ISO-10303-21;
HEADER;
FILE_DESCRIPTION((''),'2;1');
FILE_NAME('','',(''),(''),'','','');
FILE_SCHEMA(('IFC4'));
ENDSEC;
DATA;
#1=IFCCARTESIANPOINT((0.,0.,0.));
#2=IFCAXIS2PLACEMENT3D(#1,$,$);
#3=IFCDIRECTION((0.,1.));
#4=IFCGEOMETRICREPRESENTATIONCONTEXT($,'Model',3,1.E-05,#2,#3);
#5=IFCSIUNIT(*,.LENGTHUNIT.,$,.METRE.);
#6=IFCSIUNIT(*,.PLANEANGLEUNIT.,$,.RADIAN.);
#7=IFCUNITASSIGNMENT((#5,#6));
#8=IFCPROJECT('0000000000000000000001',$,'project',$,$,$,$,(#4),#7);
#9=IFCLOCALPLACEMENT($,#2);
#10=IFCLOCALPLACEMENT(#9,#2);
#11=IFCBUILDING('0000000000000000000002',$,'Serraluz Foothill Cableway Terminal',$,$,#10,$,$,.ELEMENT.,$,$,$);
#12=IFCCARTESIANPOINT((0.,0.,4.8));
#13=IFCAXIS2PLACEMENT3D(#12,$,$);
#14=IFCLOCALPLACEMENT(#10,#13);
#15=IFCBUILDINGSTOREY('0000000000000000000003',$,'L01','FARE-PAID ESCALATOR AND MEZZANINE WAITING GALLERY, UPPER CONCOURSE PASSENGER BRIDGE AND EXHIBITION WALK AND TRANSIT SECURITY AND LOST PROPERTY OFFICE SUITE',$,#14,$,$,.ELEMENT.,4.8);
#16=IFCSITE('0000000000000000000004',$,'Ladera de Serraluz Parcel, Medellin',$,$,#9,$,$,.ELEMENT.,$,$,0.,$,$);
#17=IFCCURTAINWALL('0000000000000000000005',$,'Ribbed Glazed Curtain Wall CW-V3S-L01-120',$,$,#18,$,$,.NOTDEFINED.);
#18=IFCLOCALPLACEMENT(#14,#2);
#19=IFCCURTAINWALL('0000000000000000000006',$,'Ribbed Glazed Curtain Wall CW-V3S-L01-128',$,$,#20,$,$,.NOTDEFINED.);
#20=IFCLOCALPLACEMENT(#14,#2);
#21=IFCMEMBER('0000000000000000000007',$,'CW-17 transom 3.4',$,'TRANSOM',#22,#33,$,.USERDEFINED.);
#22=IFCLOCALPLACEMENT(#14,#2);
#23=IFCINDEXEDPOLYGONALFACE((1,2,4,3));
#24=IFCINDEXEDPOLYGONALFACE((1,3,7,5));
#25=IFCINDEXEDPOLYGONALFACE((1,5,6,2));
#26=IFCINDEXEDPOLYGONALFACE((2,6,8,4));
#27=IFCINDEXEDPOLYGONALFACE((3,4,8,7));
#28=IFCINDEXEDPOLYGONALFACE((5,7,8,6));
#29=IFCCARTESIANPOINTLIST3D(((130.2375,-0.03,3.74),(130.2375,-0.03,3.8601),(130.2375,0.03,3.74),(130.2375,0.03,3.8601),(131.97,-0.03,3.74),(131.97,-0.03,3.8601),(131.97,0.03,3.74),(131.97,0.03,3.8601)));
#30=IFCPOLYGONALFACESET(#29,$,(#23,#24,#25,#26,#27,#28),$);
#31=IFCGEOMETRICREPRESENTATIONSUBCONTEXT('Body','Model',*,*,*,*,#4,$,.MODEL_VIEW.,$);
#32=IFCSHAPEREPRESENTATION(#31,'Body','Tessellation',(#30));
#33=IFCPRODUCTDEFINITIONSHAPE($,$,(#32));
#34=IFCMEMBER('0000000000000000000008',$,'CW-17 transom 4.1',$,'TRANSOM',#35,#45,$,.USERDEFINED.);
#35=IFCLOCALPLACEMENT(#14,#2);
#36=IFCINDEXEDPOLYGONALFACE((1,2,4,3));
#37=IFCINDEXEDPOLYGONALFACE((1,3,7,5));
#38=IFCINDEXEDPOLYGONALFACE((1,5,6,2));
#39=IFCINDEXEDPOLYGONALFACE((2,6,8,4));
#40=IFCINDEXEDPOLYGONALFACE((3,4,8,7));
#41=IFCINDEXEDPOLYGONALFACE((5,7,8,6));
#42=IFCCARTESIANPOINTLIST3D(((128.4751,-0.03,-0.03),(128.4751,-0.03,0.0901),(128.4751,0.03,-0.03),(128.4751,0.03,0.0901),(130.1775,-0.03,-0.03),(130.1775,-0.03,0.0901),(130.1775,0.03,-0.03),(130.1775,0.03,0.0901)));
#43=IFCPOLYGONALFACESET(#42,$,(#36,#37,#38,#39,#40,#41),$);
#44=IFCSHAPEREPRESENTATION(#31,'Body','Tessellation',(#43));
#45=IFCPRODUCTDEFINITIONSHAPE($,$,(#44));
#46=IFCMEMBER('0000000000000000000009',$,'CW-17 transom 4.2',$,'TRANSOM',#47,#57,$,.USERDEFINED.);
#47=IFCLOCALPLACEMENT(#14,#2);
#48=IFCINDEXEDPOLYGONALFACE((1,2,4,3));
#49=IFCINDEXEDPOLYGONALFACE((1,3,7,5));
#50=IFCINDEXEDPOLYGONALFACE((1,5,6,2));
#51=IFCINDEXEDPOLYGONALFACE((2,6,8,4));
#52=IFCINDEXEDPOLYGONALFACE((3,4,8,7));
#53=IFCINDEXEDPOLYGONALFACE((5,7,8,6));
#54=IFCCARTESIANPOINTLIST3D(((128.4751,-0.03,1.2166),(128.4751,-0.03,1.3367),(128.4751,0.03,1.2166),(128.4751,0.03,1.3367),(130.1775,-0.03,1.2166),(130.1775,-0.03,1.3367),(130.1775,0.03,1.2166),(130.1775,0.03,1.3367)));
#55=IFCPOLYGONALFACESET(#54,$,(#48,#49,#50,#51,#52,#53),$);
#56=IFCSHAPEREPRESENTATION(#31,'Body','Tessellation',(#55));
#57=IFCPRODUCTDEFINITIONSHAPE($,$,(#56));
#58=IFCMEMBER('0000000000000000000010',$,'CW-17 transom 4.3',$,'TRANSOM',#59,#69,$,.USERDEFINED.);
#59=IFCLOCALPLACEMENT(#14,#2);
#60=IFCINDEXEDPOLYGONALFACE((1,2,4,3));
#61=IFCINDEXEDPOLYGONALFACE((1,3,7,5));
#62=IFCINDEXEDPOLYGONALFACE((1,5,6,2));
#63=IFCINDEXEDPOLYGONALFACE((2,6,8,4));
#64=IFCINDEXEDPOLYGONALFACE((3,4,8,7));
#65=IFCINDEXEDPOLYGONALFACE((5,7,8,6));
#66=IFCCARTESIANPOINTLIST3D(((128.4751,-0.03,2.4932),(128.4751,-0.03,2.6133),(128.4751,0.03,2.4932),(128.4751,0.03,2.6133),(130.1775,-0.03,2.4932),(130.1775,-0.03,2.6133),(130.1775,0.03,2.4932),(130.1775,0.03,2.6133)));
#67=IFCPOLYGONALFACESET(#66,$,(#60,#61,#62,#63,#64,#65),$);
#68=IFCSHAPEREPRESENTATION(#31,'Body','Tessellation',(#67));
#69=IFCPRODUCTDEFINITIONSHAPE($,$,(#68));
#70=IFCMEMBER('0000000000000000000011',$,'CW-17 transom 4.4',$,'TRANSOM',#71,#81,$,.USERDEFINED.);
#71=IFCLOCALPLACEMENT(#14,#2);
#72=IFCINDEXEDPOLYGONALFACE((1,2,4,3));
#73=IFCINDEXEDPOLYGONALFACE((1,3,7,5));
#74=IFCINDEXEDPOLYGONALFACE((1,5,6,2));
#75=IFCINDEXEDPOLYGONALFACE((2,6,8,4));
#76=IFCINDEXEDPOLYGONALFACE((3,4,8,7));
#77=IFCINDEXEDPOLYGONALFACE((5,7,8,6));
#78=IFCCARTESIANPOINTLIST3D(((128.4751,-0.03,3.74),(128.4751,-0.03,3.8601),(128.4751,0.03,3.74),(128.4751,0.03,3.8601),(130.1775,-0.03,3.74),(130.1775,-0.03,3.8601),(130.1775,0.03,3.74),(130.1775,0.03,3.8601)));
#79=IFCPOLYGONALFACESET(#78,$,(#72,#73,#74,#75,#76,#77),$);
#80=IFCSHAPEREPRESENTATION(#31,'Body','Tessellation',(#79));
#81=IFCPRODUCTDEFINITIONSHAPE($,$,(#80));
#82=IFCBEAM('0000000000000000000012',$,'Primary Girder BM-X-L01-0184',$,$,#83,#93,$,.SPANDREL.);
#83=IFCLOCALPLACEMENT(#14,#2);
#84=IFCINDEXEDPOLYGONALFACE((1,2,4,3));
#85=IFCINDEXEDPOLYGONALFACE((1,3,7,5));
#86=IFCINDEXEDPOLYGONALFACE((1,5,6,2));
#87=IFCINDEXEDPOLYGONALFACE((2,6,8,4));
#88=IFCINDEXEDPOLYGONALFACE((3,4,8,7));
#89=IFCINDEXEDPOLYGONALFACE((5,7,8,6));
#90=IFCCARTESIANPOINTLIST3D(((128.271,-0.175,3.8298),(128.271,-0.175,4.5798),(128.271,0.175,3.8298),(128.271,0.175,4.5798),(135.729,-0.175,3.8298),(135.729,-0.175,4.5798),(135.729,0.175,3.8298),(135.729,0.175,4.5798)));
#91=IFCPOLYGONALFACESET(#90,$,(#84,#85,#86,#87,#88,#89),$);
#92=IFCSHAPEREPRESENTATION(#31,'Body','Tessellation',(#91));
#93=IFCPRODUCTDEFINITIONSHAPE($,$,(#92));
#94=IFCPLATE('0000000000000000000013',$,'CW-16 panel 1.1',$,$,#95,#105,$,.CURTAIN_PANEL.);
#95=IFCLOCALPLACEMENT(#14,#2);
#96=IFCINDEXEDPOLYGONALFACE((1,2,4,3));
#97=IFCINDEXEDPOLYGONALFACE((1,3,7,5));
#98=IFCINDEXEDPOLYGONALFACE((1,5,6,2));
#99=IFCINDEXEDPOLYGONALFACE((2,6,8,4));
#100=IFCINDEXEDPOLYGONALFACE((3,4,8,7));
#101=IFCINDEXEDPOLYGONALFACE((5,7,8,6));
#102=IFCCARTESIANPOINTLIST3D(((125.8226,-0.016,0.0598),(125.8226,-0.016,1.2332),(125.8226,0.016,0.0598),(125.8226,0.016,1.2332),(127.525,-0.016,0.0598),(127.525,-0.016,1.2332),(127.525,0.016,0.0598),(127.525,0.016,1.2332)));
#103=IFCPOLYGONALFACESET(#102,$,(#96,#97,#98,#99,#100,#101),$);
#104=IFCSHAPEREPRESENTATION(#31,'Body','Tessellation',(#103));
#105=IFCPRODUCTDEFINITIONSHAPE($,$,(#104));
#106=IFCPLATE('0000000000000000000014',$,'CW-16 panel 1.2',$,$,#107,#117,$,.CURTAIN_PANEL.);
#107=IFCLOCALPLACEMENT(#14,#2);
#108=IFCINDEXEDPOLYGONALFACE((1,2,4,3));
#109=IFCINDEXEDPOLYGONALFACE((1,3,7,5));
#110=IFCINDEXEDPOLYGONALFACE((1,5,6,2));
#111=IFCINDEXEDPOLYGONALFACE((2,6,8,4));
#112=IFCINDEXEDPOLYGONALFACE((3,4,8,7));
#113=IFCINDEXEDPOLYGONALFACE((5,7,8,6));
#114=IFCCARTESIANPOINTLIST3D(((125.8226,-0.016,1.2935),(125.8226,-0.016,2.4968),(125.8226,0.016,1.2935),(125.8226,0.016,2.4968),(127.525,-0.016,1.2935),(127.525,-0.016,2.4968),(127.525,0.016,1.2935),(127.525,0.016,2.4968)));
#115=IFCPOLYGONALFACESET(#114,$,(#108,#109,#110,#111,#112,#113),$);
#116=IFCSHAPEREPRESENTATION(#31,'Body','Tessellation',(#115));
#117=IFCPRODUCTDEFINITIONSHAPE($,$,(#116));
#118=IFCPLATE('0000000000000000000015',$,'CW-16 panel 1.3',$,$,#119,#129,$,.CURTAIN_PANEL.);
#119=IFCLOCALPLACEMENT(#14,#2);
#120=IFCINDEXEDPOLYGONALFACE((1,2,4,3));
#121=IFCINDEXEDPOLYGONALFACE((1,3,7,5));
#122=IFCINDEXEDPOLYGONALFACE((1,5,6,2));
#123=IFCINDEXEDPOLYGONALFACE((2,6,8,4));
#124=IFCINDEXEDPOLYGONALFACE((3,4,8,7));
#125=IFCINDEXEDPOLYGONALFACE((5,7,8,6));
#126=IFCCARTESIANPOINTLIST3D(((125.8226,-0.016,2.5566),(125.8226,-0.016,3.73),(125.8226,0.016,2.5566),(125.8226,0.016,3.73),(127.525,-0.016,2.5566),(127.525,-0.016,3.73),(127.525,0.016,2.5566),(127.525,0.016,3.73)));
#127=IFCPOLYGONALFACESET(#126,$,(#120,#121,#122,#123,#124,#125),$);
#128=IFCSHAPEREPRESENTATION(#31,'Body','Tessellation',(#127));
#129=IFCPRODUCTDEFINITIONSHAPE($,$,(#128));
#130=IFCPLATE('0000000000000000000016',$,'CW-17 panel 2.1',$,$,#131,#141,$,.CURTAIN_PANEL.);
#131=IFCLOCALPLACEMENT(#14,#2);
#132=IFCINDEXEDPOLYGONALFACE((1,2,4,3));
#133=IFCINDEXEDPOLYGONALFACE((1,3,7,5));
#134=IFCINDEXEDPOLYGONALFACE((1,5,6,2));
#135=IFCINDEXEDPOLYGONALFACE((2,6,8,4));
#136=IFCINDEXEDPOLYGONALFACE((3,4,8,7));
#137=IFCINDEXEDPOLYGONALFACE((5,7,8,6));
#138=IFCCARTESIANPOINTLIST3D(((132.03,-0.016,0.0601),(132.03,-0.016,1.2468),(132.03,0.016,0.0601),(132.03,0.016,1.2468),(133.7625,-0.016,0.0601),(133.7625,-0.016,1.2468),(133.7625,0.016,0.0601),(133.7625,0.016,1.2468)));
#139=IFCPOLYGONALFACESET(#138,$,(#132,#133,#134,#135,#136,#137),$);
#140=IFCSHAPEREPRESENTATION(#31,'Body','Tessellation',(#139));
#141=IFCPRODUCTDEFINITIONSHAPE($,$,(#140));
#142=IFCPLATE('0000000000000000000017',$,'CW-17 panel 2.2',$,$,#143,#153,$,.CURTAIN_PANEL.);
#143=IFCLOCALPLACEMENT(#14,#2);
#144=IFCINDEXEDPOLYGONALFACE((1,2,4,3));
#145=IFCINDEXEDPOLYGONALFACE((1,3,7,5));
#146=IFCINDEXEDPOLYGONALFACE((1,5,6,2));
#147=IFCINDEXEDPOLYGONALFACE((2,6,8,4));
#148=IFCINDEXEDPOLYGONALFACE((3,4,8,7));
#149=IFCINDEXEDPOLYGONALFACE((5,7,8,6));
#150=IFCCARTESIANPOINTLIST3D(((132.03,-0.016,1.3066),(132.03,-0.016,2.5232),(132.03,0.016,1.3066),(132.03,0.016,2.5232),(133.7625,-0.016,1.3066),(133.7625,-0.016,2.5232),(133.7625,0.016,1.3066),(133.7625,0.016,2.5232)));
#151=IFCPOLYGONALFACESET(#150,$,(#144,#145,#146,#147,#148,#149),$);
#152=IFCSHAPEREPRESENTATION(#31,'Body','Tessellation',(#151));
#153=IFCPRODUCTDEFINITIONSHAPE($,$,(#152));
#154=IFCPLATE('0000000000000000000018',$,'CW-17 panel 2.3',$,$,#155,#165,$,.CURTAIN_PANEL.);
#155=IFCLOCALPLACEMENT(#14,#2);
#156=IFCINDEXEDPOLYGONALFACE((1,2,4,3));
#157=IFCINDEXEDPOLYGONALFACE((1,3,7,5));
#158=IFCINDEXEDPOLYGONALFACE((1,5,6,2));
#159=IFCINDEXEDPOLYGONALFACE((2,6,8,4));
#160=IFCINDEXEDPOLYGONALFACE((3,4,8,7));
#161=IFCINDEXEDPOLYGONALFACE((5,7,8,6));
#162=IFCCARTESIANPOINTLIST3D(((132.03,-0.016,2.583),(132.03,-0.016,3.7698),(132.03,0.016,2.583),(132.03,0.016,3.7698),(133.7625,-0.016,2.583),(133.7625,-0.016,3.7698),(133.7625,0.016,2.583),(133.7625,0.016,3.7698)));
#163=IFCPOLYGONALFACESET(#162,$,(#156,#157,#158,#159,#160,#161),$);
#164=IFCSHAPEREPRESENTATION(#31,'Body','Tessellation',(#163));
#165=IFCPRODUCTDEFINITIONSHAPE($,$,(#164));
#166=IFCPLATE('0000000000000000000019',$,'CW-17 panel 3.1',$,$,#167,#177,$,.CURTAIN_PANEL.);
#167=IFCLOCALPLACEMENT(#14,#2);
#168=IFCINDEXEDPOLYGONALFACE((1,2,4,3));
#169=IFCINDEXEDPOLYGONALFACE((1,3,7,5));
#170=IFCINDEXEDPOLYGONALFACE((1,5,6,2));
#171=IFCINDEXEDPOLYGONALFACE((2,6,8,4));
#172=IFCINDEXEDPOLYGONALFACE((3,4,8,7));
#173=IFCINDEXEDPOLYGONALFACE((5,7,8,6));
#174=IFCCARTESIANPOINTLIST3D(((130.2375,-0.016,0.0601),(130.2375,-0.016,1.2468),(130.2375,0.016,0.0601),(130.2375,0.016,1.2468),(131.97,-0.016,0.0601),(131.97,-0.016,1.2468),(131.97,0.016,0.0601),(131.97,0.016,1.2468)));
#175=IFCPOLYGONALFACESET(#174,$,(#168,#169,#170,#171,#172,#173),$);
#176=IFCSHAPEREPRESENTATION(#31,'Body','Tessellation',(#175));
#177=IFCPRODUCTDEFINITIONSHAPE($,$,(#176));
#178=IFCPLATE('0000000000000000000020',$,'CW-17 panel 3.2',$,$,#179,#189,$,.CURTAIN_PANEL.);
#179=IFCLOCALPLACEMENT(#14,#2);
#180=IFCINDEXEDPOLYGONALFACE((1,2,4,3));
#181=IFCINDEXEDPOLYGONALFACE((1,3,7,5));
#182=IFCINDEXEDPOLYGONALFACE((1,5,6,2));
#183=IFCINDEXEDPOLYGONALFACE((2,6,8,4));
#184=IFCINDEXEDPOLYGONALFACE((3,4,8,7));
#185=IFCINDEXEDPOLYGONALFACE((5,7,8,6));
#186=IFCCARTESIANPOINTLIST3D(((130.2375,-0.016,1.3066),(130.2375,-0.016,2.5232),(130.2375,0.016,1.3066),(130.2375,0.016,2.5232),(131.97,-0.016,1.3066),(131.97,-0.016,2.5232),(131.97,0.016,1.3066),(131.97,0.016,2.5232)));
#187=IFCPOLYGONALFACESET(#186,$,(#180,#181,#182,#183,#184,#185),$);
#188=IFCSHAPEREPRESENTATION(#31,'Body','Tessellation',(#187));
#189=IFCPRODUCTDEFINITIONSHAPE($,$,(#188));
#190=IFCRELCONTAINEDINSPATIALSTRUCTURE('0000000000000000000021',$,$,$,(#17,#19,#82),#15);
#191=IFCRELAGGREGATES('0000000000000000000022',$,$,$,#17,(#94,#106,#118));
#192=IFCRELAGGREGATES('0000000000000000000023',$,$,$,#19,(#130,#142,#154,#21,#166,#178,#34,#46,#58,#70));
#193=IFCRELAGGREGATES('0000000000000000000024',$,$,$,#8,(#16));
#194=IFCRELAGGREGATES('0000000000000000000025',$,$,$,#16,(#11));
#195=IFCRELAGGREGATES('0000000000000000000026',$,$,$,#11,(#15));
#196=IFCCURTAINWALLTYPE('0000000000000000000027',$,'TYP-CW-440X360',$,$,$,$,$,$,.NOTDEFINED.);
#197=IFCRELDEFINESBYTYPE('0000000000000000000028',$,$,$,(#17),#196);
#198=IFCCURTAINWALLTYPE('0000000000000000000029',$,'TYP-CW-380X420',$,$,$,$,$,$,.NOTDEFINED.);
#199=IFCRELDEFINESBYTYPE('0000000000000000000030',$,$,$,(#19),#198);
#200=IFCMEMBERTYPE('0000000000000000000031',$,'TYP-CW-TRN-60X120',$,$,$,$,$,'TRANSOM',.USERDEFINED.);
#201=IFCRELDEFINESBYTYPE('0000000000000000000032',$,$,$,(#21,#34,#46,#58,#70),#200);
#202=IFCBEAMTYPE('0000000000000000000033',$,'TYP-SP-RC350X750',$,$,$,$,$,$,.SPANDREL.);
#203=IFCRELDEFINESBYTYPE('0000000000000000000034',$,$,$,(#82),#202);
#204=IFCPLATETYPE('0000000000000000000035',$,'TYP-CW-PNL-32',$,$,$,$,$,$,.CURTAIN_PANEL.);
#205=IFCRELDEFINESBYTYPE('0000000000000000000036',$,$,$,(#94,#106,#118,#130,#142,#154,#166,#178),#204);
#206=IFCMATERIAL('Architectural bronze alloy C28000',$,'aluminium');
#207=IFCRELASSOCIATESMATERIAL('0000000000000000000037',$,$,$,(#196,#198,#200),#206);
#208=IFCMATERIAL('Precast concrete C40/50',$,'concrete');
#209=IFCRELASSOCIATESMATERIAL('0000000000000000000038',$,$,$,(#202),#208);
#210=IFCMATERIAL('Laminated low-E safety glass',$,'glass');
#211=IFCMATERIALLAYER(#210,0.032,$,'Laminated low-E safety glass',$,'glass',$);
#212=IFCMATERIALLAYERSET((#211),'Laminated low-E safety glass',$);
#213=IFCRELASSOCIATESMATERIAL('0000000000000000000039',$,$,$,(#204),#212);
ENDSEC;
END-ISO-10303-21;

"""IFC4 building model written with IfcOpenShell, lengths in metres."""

from ifc_helpers import new_model, si_unit, direction, frame, origin, origin_2d, place, context, subcontext, project, spatial, rectangle, extrude, material, layer, layer_set, material_profile, profile_set, type_object, element, aggregate, save


model = new_model("IFC4")

# Units and contexts
model_context = context("Model", 3, precision=1e-05, world=origin(), true_north=direction((0.0, 1.0)))
body_context = subcontext(model_context, "Body", "Model", "MODEL_VIEW")
ifc_project = project(units=[si_unit("LENGTHUNIT", "METRE"), si_unit("PLANEANGLEUNIT", "RADIAN")], contexts=[model_context])

# Site, building, storey
site_placement = place(None, origin())
site = spatial("IfcSite", under=ifc_project, at=site_placement, Name="Ladera de Serraluz Parcel, Medellin", CompositionType="ELEMENT", RefElevation=0.0)
building_placement = place(site_placement, origin())
building = spatial("IfcBuilding", under=site, at=building_placement, Name="Serraluz Foothill Cableway Terminal", CompositionType="ELEMENT")
storey_placement = place(building_placement, frame((0.0, 0.0, 4.8)))
storey = spatial("IfcBuildingStorey", under=building, at=storey_placement, Name="L01", Description="FARE-PAID ESCALATOR AND MEZZANINE WAITING GALLERY, UPPER CONCOURSE PASSENGER BRIDGE AND EXHIBITION WALK AND TRANSIT SECURITY AND LOST PROPERTY OFFICE SUITE", CompositionType="ELEMENT", Elevation=4.8)

# Curtain wall
ifc_material_1 = material(Name="Architectural bronze alloy C28000", Category="aluminium")
curtain_wall_type_1 = type_object("IfcCurtainWallType", Name="TYP-CW-440X360", PredefinedType="NOTDEFINED", material=ifc_material_1)
curtain_wall_1_placement = place(storey_placement, origin())
curtain_wall_1 = element("IfcCurtainWall", 1, at=curtain_wall_1_placement, inside=storey, type_object=curtain_wall_type_1, Name="Ribbed Glazed Curtain Wall CW-V3S-L01-120", PredefinedType="NOTDEFINED")

# Curtain wall
curtain_wall_type_2 = type_object("IfcCurtainWallType", Name="TYP-CW-380X420", PredefinedType="NOTDEFINED", material=ifc_material_1)
curtain_wall_2_placement = place(storey_placement, origin())
curtain_wall_2 = element("IfcCurtainWall", 2, at=curtain_wall_2_placement, inside=storey, type_object=curtain_wall_type_2, Name="Ribbed Glazed Curtain Wall CW-V3S-L01-128", PredefinedType="NOTDEFINED")

# Members
ifc_material_profile_1 = material_profile(ifc_material_1, rectangle(XDim=0.0601, YDim=0.1201, at=origin_2d()), Name="ALU TRANSOM 60x120")
ifc_profile_set_1 = profile_set([ifc_material_profile_1], Name="Architectural bronze alloy C28000")
member_type_1 = type_object("IfcMemberType", Name="TYP-CW-TRN-60X120", ElementType="TRANSOM", PredefinedType="USERDEFINED", material=ifc_profile_set_1)
member_1_placement = place(storey_placement, frame((131.97, 0.0, 3.8), z_axis=(-1.0, 0.0, 0.0), x_axis=(0.0, -1.0, 0.0)))
member_1 = element("IfcMember", 3, at=member_1_placement, type_object=member_type_1, Name="CW-17 transom 3.4", ObjectType="TRANSOM", PredefinedType="USERDEFINED", context=body_context, shape_type="SweptSolid", body=[
    extrude(rectangle(XDim=0.0601, YDim=0.1201, at=origin_2d()), origin(), (0.0, 0.0, 1.0), 1.7324),
])
member_2_placement = place(storey_placement, frame((130.1775, 0.0, 0.03), z_axis=(-1.0, 0.0, 0.0), x_axis=(0.0, -1.0, 0.0)))
member_2 = element("IfcMember", 4, at=member_2_placement, type_object=member_type_1, Name="CW-17 transom 4.1", ObjectType="TRANSOM", PredefinedType="USERDEFINED", context=body_context, shape_type="SweptSolid", body=[
    extrude(rectangle(XDim=0.0601, YDim=0.1201, at=origin_2d()), origin(), (0.0, 0.0, 1.0), 1.7024),
])
member_3_placement = place(storey_placement, frame((130.1775, 0.0, 1.2766), z_axis=(-1.0, 0.0, 0.0), x_axis=(0.0, -1.0, 0.0)))
member_3 = element("IfcMember", 5, at=member_3_placement, type_object=member_type_1, Name="CW-17 transom 4.2", ObjectType="TRANSOM", PredefinedType="USERDEFINED", context=body_context, shape_type="SweptSolid", body=[
    extrude(rectangle(XDim=0.0601, YDim=0.1201, at=origin_2d()), origin(), (0.0, 0.0, 1.0), 1.7024),
])
member_4_placement = place(storey_placement, frame((130.1775, 0.0, 2.5532), z_axis=(-1.0, 0.0, 0.0), x_axis=(0.0, -1.0, 0.0)))
member_4 = element("IfcMember", 6, at=member_4_placement, type_object=member_type_1, Name="CW-17 transom 4.3", ObjectType="TRANSOM", PredefinedType="USERDEFINED", context=body_context, shape_type="SweptSolid", body=[
    extrude(rectangle(XDim=0.0601, YDim=0.1201, at=origin_2d()), origin(), (0.0, 0.0, 1.0), 1.7024),
])
member_5_placement = place(storey_placement, frame((130.1775, 0.0, 3.8), z_axis=(-1.0, 0.0, 0.0), x_axis=(0.0, -1.0, 0.0)))
member_5 = element("IfcMember", 7, at=member_5_placement, type_object=member_type_1, Name="CW-17 transom 4.4", ObjectType="TRANSOM", PredefinedType="USERDEFINED", context=body_context, shape_type="SweptSolid", body=[
    extrude(rectangle(XDim=0.0601, YDim=0.1201, at=origin_2d()), origin(), (0.0, 0.0, 1.0), 1.7024),
])

# Beam
ifc_material_2 = material(Name="Precast concrete C40/50", Category="concrete")
ifc_material_profile_2 = material_profile(ifc_material_2, rectangle(XDim=0.3501, YDim=0.75, at=origin_2d()), Name="RC SP 350x750")
ifc_profile_set_2 = profile_set([ifc_material_profile_2], Name="Precast concrete C40/50")
beam_type = type_object("IfcBeamType", Name="TYP-SP-RC350X750", PredefinedType="SPANDREL", material=ifc_profile_set_2)
beam_placement = place(storey_placement, frame((128.271, 0.0, 4.2048), z_axis=(1.0, 0.0, 0.0), x_axis=(0.0, 1.0, 0.0)))
element("IfcBeam", 8, at=beam_placement, inside=storey, type_object=beam_type, Name="Primary Girder BM-X-L01-0184", PredefinedType="SPANDREL", context=body_context, shape_type="SweptSolid", body=[
    extrude(rectangle(XDim=0.3501, YDim=0.75, at=origin_2d()), origin(), (0.0, 0.0, 1.0), 7.458),
])

# Plates
ifc_material_3 = material(Name="Laminated low-E safety glass", Category="glass")
ifc_layer = layer(ifc_material_3, 0.032, Name="Laminated low-E safety glass", Category="glass")
ifc_layer_set = layer_set([ifc_layer], Name="Laminated low-E safety glass")
plate_type = type_object("IfcPlateType", Name="TYP-CW-PNL-32", PredefinedType="CURTAIN_PANEL", material=ifc_layer_set)
plate_1_placement = place(storey_placement, frame((126.6738, 0.0, 0.0598), z_axis=(0.0, 0.0, 1.0), x_axis=(-1.0, 0.0, 0.0)))
plate_1 = element("IfcPlate", 9, at=plate_1_placement, type_object=plate_type, Name="CW-16 panel 1.1", PredefinedType="CURTAIN_PANEL", context=body_context, shape_type="SweptSolid", body=[
    extrude(rectangle(XDim=1.7024, YDim=0.032, at=origin_2d()), origin(), (0.0, 0.0, 1.0), 1.1733),
])
plate_2_placement = place(storey_placement, frame((126.6738, 0.0, 1.2935), z_axis=(0.0, 0.0, 1.0), x_axis=(-1.0, 0.0, 0.0)))
plate_2 = element("IfcPlate", 10, at=plate_2_placement, type_object=plate_type, Name="CW-16 panel 1.2", PredefinedType="CURTAIN_PANEL", context=body_context, shape_type="SweptSolid", body=[
    extrude(rectangle(XDim=1.7024, YDim=0.032, at=origin_2d()), origin(), (0.0, 0.0, 1.0), 1.2034),
])
plate_3_placement = place(storey_placement, frame((126.6738, 0.0, 2.5566), z_axis=(0.0, 0.0, 1.0), x_axis=(-1.0, 0.0, 0.0)))
plate_3 = element("IfcPlate", 11, at=plate_3_placement, type_object=plate_type, Name="CW-16 panel 1.3", PredefinedType="CURTAIN_PANEL", context=body_context, shape_type="SweptSolid", body=[
    extrude(rectangle(XDim=1.7024, YDim=0.032, at=origin_2d()), origin(), (0.0, 0.0, 1.0), 1.1733),
])
aggregate(curtain_wall_1, [plate_1, plate_2, plate_3])
plate_4_placement = place(storey_placement, frame((132.8962, 0.0, 0.0601), z_axis=(0.0, 0.0, 1.0), x_axis=(-1.0, 0.0, 0.0)))
plate_4 = element("IfcPlate", 12, at=plate_4_placement, type_object=plate_type, Name="CW-17 panel 2.1", PredefinedType="CURTAIN_PANEL", context=body_context, shape_type="SweptSolid", body=[
    extrude(rectangle(XDim=1.7324, YDim=0.032, at=origin_2d()), origin(), (0.0, 0.0, 1.0), 1.1868),
])
plate_5_placement = place(storey_placement, frame((132.8962, 0.0, 1.3066), z_axis=(0.0, 0.0, 1.0), x_axis=(-1.0, 0.0, 0.0)))
plate_5 = element("IfcPlate", 13, at=plate_5_placement, type_object=plate_type, Name="CW-17 panel 2.2", PredefinedType="CURTAIN_PANEL", context=body_context, shape_type="SweptSolid", body=[
    extrude(rectangle(XDim=1.7324, YDim=0.032, at=origin_2d()), origin(), (0.0, 0.0, 1.0), 1.2166),
])
plate_6_placement = place(storey_placement, frame((132.8962, 0.0, 2.583), z_axis=(0.0, 0.0, 1.0), x_axis=(-1.0, 0.0, 0.0)))
plate_6 = element("IfcPlate", 14, at=plate_6_placement, type_object=plate_type, Name="CW-17 panel 2.3", PredefinedType="CURTAIN_PANEL", context=body_context, shape_type="SweptSolid", body=[
    extrude(rectangle(XDim=1.7324, YDim=0.032, at=origin_2d()), origin(), (0.0, 0.0, 1.0), 1.1868),
])
plate_7_placement = place(storey_placement, frame((131.1038, 0.0, 0.0601), z_axis=(0.0, 0.0, 1.0), x_axis=(-1.0, 0.0, 0.0)))
plate_7 = element("IfcPlate", 15, at=plate_7_placement, type_object=plate_type, Name="CW-17 panel 3.1", PredefinedType="CURTAIN_PANEL", context=body_context, shape_type="SweptSolid", body=[
    extrude(rectangle(XDim=1.7324, YDim=0.032, at=origin_2d()), origin(), (0.0, 0.0, 1.0), 1.1868),
])
plate_8_placement = place(storey_placement, frame((131.1038, 0.0, 1.3066), z_axis=(0.0, 0.0, 1.0), x_axis=(-1.0, 0.0, 0.0)))
plate_8 = element("IfcPlate", 16, at=plate_8_placement, type_object=plate_type, Name="CW-17 panel 3.2", PredefinedType="CURTAIN_PANEL", context=body_context, shape_type="SweptSolid", body=[
    extrude(rectangle(XDim=1.7324, YDim=0.032, at=origin_2d()), origin(), (0.0, 0.0, 1.0), 1.2166),
])
aggregate(curtain_wall_2, [plate_4, plate_5, plate_6, member_1, plate_7, plate_8, member_2, member_3, member_4, member_5])

save(model, "model.ifc")
